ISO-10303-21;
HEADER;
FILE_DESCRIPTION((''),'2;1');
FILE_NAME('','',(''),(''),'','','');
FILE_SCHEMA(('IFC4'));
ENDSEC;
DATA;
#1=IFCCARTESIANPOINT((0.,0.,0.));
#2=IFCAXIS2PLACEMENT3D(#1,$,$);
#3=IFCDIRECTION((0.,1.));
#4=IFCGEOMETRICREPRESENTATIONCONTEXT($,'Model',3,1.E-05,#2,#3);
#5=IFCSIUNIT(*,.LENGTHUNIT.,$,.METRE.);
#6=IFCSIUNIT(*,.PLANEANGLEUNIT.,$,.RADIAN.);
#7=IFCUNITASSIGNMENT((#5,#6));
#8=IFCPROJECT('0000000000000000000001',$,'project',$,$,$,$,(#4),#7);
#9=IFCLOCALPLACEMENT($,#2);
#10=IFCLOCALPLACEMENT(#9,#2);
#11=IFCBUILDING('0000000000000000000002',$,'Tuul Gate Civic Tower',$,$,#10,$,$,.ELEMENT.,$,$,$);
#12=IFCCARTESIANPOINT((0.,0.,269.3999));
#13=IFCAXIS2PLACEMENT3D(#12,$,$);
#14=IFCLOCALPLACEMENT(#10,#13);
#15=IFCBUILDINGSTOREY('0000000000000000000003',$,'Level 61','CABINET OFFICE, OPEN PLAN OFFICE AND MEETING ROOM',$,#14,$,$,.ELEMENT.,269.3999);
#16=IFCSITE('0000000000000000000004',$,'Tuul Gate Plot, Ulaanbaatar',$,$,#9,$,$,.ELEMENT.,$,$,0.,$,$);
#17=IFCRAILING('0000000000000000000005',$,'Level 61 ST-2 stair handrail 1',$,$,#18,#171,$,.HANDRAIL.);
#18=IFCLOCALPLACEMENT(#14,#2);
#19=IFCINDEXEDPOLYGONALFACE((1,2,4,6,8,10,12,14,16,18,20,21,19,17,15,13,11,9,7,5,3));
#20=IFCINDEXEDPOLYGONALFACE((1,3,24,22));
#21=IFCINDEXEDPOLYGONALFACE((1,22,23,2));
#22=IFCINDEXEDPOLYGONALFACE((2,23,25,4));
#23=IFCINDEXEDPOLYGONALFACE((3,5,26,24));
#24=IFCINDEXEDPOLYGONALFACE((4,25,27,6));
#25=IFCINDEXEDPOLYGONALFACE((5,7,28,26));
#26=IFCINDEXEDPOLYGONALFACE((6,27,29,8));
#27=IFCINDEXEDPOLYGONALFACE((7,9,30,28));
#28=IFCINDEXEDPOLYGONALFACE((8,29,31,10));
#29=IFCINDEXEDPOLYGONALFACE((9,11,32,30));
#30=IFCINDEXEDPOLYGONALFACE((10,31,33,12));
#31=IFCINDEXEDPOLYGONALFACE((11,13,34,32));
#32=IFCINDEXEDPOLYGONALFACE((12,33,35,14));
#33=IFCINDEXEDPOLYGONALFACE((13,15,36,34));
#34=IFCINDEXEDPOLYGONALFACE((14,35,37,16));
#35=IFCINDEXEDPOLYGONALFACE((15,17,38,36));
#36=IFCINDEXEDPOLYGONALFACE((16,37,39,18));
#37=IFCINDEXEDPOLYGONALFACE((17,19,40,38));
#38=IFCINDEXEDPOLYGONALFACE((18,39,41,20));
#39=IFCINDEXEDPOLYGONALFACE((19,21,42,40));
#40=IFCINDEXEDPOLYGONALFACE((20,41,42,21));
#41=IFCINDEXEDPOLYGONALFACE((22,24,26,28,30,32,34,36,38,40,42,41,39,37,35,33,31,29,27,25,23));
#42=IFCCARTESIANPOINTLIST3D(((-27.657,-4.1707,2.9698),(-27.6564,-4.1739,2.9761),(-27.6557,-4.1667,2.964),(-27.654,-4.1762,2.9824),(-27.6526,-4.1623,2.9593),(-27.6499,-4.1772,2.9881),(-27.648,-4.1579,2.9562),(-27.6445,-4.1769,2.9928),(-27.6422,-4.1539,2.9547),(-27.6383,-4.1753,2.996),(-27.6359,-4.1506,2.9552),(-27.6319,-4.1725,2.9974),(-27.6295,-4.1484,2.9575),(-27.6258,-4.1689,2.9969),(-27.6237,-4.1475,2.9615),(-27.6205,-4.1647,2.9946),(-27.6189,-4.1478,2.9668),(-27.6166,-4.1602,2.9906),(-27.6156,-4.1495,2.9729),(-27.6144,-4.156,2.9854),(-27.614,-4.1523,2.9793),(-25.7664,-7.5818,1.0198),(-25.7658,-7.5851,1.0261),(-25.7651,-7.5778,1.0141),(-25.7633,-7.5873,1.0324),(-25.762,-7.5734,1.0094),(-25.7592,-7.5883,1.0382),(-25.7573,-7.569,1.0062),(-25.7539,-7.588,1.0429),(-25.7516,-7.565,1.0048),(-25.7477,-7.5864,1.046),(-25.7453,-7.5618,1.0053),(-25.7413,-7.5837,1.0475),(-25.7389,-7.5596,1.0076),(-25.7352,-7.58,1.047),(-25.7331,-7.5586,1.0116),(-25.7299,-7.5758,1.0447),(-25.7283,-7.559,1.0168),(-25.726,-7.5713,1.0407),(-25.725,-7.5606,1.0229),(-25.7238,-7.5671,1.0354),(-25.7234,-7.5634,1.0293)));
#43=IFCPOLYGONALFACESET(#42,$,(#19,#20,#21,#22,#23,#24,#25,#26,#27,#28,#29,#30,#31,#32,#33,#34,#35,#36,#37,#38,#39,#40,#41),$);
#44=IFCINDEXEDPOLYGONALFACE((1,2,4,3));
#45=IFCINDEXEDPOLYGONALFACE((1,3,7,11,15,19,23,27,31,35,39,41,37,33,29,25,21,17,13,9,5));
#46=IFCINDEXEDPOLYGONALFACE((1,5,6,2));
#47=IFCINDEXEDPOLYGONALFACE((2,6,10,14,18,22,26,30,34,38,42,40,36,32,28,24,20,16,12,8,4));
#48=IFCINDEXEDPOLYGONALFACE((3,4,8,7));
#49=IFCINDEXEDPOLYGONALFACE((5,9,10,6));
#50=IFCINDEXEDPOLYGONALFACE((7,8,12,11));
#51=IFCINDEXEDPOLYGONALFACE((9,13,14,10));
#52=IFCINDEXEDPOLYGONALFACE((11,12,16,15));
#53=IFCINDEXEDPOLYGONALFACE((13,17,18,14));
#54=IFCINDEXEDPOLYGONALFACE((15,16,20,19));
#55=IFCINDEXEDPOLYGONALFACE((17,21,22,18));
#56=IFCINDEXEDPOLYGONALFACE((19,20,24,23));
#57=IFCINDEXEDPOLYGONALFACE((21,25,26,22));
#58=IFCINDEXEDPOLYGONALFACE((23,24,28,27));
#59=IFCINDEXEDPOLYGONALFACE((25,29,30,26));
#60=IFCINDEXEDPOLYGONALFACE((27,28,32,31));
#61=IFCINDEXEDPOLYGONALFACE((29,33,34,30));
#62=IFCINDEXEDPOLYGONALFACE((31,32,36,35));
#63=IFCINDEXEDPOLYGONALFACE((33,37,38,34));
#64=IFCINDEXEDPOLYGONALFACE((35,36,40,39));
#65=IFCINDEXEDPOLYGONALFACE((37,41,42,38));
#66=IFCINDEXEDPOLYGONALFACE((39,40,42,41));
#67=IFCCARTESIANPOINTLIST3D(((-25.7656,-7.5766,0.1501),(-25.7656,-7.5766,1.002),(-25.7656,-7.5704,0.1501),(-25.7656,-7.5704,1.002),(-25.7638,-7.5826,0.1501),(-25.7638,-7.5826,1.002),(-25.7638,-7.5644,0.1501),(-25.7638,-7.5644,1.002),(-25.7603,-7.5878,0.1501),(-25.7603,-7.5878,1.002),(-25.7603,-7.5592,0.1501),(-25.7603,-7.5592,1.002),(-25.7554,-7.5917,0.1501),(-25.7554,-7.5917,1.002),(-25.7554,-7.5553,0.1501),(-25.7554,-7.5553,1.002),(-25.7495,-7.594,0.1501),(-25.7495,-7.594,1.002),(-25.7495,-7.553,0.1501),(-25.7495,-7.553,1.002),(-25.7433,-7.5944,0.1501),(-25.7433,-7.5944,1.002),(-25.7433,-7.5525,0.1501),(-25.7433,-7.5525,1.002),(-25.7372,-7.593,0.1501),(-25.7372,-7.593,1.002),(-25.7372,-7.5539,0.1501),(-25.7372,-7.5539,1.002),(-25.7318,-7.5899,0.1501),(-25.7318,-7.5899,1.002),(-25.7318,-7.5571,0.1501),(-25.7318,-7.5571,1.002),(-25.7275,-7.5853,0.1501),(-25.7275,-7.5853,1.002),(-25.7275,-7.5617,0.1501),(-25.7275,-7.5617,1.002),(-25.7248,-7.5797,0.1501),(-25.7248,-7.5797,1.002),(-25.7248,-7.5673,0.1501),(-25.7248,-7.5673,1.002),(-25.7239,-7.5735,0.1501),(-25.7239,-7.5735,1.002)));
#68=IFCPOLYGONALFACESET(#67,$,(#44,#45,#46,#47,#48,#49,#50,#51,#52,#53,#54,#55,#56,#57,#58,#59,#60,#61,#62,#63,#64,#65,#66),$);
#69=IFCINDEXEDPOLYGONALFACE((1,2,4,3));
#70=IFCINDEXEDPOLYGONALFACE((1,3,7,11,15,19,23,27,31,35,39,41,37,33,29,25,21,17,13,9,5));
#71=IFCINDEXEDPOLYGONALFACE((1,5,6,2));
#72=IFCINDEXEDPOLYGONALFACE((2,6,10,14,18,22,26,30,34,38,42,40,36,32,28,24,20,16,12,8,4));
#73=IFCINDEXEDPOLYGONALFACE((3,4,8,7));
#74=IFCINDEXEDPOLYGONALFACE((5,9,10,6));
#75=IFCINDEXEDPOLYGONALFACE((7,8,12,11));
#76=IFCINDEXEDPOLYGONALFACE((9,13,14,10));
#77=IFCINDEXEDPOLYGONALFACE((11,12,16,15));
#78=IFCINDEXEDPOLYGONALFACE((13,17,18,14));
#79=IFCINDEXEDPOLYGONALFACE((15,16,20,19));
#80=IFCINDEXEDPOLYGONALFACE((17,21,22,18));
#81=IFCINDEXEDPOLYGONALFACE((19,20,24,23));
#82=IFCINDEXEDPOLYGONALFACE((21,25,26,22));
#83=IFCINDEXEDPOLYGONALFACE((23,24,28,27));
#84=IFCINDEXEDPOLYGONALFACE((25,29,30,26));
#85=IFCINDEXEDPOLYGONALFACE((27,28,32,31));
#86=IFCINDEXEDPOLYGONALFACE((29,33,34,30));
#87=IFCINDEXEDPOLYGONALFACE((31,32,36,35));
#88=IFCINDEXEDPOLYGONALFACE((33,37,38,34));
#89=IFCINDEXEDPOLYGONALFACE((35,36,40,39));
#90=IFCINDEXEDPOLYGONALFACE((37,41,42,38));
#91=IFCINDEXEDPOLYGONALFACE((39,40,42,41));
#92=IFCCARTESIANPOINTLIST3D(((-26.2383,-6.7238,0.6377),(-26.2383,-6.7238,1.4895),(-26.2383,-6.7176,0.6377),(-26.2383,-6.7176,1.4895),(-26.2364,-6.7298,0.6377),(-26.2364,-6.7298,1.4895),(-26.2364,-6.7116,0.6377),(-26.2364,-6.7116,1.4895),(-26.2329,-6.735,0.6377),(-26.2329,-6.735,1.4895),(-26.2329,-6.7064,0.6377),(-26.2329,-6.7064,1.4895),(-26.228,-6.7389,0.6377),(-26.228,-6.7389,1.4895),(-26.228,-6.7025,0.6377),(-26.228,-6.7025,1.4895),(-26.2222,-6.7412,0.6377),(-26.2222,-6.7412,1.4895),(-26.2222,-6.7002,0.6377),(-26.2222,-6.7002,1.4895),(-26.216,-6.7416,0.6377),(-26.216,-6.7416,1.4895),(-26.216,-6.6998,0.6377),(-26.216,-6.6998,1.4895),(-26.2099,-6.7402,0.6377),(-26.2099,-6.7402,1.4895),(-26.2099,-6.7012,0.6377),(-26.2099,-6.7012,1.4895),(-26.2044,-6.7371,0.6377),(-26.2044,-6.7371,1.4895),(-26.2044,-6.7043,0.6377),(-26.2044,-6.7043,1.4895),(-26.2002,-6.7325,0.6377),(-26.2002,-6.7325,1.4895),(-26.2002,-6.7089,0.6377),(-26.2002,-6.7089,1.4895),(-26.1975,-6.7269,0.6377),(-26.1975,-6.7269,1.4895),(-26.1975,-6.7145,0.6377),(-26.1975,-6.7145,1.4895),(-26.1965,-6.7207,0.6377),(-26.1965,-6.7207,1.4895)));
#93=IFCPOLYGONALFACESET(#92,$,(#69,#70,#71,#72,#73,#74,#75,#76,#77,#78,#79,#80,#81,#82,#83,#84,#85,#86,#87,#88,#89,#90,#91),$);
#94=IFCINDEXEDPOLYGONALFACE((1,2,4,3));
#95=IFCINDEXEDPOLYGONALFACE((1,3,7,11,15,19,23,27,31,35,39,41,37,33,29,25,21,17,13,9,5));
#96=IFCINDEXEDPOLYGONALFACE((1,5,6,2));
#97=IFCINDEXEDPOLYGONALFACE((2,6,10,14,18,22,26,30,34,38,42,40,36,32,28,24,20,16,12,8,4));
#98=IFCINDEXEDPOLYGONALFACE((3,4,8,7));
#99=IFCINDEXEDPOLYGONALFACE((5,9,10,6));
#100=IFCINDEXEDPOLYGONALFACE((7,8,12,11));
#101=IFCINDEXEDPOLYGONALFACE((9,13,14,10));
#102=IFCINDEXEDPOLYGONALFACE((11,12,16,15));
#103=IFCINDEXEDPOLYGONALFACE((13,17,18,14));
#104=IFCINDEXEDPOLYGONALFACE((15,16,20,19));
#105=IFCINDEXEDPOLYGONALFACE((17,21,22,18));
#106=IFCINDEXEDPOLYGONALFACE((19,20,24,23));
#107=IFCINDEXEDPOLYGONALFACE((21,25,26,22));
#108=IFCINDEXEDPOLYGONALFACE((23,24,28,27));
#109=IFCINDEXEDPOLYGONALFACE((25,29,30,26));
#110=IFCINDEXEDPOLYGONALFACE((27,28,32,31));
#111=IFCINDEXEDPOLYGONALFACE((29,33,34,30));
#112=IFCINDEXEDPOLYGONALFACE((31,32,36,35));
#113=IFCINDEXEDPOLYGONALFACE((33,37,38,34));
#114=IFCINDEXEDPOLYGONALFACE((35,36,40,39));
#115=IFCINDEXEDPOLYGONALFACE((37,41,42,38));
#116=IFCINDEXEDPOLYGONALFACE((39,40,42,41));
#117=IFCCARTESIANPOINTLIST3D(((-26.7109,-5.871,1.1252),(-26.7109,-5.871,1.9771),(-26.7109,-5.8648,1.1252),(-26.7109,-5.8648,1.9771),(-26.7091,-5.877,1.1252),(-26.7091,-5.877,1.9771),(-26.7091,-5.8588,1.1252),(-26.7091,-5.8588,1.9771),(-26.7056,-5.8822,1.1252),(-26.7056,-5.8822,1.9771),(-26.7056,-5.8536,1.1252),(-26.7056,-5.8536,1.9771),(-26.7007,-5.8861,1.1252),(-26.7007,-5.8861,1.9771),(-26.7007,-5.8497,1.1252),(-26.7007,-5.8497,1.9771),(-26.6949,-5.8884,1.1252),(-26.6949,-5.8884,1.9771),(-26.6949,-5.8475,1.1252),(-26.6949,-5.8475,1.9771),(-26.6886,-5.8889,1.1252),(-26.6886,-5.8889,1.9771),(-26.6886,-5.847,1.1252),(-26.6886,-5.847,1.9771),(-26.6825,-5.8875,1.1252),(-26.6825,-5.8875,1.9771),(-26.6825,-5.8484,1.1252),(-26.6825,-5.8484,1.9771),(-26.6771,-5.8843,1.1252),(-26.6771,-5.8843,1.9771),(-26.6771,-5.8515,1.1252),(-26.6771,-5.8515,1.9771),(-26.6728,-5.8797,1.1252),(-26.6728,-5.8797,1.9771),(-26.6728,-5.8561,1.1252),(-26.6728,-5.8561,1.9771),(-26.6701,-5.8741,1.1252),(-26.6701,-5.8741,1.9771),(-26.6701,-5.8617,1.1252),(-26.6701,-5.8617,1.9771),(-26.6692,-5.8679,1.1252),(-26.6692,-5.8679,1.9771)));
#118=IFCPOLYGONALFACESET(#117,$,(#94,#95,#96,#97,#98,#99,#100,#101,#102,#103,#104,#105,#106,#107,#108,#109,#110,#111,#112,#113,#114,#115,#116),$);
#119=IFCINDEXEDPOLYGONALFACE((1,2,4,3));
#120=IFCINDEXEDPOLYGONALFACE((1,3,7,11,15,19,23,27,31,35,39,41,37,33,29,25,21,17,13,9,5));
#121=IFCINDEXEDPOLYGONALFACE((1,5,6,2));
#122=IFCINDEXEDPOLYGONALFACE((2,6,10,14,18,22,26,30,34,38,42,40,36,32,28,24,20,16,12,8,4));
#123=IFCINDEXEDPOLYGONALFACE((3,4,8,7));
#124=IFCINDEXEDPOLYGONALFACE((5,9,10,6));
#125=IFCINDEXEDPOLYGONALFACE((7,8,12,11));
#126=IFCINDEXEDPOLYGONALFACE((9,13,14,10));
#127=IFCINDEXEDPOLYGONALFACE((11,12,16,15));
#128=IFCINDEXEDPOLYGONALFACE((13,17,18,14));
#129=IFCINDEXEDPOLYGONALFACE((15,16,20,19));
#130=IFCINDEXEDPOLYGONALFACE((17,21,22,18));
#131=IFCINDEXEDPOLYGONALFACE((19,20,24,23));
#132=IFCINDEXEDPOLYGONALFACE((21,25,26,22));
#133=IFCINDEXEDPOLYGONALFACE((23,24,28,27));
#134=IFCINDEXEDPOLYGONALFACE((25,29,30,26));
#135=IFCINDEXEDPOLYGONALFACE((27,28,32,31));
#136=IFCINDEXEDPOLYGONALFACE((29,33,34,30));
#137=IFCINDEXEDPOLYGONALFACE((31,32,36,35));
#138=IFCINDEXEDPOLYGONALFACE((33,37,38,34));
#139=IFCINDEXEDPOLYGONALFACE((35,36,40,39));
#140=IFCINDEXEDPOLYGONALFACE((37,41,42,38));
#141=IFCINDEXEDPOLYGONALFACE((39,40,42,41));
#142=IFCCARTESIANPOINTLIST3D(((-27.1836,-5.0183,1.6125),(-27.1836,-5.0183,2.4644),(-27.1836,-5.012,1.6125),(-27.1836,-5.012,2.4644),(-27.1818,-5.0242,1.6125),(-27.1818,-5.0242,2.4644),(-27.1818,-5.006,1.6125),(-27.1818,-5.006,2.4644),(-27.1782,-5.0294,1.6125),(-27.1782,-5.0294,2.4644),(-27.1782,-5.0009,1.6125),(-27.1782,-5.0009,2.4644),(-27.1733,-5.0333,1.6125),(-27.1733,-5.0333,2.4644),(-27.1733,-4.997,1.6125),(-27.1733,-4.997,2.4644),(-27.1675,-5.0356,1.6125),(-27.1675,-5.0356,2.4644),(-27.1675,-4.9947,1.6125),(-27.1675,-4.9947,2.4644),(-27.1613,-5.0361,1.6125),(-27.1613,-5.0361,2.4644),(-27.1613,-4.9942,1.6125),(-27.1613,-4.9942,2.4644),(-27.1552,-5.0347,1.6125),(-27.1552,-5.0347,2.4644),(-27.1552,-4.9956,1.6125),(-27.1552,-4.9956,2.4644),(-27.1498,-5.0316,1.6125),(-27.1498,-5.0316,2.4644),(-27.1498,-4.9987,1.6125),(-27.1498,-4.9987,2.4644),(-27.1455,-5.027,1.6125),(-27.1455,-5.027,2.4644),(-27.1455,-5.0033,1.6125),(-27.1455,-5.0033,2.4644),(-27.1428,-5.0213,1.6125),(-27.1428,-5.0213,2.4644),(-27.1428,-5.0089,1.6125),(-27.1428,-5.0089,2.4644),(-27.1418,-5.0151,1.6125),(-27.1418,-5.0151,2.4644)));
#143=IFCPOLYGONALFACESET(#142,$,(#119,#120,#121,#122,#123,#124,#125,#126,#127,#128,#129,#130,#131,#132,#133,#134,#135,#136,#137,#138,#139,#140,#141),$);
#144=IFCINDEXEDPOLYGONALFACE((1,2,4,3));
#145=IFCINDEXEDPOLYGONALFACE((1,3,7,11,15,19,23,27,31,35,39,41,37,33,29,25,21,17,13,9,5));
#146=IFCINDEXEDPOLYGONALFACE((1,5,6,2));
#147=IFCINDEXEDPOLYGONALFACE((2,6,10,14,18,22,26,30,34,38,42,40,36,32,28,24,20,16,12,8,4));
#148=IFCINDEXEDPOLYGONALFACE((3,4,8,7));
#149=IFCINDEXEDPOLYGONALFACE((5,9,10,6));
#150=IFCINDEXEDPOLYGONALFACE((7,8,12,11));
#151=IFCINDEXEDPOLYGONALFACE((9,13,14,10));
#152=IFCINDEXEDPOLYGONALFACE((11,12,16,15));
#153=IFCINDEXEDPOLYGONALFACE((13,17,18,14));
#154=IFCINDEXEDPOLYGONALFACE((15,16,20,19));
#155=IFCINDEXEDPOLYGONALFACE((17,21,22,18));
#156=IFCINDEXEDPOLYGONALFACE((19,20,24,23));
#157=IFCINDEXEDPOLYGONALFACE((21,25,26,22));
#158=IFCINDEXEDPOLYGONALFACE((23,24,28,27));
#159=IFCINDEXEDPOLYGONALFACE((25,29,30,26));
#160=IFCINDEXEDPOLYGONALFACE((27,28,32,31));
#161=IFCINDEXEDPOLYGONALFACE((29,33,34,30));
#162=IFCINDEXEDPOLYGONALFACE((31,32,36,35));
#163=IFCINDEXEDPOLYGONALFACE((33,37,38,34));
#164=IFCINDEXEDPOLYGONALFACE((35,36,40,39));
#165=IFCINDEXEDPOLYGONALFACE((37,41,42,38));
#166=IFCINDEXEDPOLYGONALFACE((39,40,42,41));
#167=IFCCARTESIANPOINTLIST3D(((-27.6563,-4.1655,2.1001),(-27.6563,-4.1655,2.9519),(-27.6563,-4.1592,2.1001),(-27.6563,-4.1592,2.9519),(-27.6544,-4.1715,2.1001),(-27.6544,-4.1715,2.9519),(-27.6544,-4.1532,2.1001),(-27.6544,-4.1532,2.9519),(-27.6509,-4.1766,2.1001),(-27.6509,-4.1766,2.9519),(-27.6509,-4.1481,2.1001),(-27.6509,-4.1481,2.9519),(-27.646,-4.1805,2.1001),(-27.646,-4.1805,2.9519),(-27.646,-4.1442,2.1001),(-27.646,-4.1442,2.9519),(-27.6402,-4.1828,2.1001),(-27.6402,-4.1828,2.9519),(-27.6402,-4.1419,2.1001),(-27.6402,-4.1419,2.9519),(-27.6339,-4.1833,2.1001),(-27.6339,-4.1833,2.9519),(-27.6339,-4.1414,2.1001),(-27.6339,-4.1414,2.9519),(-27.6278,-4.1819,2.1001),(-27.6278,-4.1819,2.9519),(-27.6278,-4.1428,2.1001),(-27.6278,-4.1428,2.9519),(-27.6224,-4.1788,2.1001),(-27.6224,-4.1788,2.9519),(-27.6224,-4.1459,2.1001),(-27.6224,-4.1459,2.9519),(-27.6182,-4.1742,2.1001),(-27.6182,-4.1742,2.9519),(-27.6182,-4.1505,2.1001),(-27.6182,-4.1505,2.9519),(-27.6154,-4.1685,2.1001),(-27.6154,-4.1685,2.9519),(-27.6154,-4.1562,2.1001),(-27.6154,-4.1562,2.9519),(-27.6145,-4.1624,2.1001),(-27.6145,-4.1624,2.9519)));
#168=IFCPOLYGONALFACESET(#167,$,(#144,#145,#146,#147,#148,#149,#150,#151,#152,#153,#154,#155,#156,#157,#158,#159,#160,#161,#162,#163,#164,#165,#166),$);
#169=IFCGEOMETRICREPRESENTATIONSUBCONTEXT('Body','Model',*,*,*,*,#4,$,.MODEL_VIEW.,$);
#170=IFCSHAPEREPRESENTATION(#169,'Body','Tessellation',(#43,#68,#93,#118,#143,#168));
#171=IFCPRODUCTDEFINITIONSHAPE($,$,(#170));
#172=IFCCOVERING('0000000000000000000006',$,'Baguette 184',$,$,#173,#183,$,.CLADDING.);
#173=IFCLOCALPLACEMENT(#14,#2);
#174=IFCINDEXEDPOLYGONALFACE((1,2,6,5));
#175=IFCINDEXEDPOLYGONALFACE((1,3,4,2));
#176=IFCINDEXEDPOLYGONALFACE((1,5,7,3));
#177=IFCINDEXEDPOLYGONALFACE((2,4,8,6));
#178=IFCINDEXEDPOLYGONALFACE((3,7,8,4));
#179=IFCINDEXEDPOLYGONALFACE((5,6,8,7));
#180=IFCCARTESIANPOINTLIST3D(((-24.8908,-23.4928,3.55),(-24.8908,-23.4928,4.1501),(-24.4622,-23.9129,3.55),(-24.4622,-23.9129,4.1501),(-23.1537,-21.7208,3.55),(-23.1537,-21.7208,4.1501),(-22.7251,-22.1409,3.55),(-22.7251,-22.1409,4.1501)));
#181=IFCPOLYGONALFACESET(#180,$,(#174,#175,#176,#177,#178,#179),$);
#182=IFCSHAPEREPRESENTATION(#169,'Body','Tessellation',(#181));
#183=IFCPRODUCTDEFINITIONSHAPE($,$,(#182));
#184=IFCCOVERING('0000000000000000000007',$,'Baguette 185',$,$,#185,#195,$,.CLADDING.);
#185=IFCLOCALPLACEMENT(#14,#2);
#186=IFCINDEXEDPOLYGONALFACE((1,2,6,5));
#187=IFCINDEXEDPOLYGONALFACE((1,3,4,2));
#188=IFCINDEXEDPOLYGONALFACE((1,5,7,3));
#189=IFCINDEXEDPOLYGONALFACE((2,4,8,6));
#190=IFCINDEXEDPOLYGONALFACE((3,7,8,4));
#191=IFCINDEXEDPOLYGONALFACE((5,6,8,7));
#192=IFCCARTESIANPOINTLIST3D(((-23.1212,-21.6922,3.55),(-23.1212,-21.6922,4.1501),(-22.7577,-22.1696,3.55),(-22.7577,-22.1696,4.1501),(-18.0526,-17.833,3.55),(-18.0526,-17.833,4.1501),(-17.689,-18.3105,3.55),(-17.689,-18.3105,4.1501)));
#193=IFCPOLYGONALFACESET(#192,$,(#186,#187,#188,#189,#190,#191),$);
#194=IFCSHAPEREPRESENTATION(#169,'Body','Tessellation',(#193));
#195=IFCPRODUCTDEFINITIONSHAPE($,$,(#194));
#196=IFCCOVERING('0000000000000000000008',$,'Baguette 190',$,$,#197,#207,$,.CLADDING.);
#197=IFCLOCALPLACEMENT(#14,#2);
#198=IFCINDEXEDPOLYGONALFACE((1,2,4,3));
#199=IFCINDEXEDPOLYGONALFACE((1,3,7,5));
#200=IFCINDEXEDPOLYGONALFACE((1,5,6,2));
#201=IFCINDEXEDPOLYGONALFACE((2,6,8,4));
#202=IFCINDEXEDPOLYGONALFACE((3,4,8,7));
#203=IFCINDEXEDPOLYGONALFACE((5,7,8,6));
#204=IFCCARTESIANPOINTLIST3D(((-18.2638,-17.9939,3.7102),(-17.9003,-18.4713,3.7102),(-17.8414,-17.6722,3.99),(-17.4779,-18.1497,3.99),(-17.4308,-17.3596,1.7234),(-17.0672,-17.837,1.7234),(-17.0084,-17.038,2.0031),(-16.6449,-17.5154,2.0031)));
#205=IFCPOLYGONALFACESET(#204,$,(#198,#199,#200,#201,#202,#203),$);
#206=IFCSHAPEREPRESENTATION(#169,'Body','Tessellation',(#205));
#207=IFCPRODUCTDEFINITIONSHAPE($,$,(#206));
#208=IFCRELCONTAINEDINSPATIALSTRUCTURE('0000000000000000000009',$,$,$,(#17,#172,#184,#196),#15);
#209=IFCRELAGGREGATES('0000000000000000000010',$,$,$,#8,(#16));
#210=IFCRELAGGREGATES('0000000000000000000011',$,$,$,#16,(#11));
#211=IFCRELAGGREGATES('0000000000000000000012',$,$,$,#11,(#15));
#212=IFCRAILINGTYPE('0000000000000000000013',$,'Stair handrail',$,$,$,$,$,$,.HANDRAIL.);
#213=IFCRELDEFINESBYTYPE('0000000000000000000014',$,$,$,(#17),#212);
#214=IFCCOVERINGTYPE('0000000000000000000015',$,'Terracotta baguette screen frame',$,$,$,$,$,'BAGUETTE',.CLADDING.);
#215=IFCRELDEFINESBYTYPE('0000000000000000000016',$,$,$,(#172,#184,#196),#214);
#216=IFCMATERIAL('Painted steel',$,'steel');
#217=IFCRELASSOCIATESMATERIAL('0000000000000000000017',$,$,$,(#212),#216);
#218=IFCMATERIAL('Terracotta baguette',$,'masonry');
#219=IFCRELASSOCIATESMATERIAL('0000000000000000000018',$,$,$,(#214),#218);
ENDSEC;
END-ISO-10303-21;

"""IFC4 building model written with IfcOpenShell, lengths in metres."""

from ifc_helpers import new_model, si_unit, direction, frame, origin, origin_2d, place, context, subcontext, project, spatial, rectangle, circle, extrude, material, material_profile, profile_set, type_object, element, save


model = new_model("IFC4")

# Units and contexts
model_context = context("Model", 3, precision=1e-05, world=origin(), true_north=direction((0.0, 1.0)))
body_context = subcontext(model_context, "Body", "Model", "MODEL_VIEW")
ifc_project = project(units=[si_unit("LENGTHUNIT", "METRE"), si_unit("PLANEANGLEUNIT", "RADIAN")], contexts=[model_context])

# Site, building, storey
site_placement = place(None, origin())
site = spatial("IfcSite", under=ifc_project, at=site_placement, Name="Tuul Gate Plot, Ulaanbaatar", CompositionType="ELEMENT", RefElevation=0.0)
building_placement = place(site_placement, origin())
building = spatial("IfcBuilding", under=site, at=building_placement, Name="Tuul Gate Civic Tower", CompositionType="ELEMENT")
storey_placement = place(building_placement, frame((0.0, 0.0, 269.3999)))
storey = spatial("IfcBuildingStorey", under=building, at=storey_placement, Name="Level 61", Description="CABINET OFFICE, OPEN PLAN OFFICE AND MEETING ROOM", CompositionType="ELEMENT", Elevation=269.3999)

# Railing
ifc_material_1 = material(Name="Painted steel", Category="steel")
railing_type = type_object("IfcRailingType", Name="Stair handrail", PredefinedType="HANDRAIL", material=ifc_material_1)
railing_placement = place(storey_placement, frame((-25.7449, -7.5735, 0.1501)))
element("IfcRailing", 1, at=railing_placement, inside=storey, type_object=railing_type, Name="Level 61 ST-2 stair handrail 1", PredefinedType="HANDRAIL", context=body_context, shape_type="SweptSolid", body=[
    extrude(circle(Radius=0.0239, at=origin_2d()), frame((0.0, 0.0, 0.876), z_axis=(-0.433595, 0.782308, 0.447201), x_axis=(-0.874641, -0.484771, 0.0)), (0.0, 0.0, 1.0), 4.3604),
    extrude(circle(Radius=0.021, at=origin_2d()), origin(), (0.0, 0.0, 1.0), 0.8518),
    extrude(circle(Radius=0.021, at=origin_2d()), frame((-0.4727, 0.8528, 0.4875)), (0.0, 0.0, 1.0), 0.8518),
    extrude(circle(Radius=0.021, at=origin_2d()), frame((-0.9453, 1.7056, 0.9751)), (0.0, 0.0, 1.0), 0.8518),
    extrude(circle(Radius=0.021, at=origin_2d()), frame((-1.418, 2.5583, 1.4624)), (0.0, 0.0, 1.0), 0.8518),
    extrude(circle(Radius=0.021, at=origin_2d()), frame((-1.8906, 3.4111, 1.95)), (0.0, 0.0, 1.0), 0.8518),
])

# Coverings
ifc_material_2 = material(Name="Terracotta baguette", Category="masonry")
ifc_material_profile_1 = material_profile(ifc_material_2, rectangle(XDim=0.6001, YDim=0.6001, at=origin_2d()), Name="Terracotta baguette screen frame")
ifc_profile_set_1 = profile_set([ifc_material_profile_1], Name="Terracotta baguette")
covering_type = type_object("IfcCoveringType", Name="Terracotta baguette screen frame", ElementType="BAGUETTE", PredefinedType="CLADDING", material=ifc_profile_set_1)
covering_1_placement = place(storey_placement, frame((-24.6765, -23.7029, 3.8501), z_axis=(0.700037, 0.714107, 0.0), x_axis=(-0.714107, 0.700037, 0.0)))
element("IfcCovering", 2, at=covering_1_placement, inside=storey, type_object=covering_type, Name="Baguette 184", PredefinedType="CLADDING", context=body_context, shape_type="SweptSolid", body=[
    extrude(rectangle(XDim=0.6001, YDim=0.6001, at=origin_2d()), origin(), (0.0, 0.0, 1.0), 2.4814),
])
covering_2_placement = place(storey_placement, frame((-22.9395, -21.9309, 3.8501), z_axis=(0.795633, 0.605779, 0.0), x_axis=(-0.605779, 0.795633, 0.0)))
element("IfcCovering", 3, at=covering_2_placement, inside=storey, type_object=covering_type, Name="Baguette 185", PredefinedType="CLADDING", context=body_context, shape_type="SweptSolid", body=[
    extrude(rectangle(XDim=0.6001, YDim=0.6001, at=origin_2d()), origin(), (0.0, 0.0, 1.0), 6.3706),
])
covering_3_placement = place(storey_placement, frame((-17.8708, -18.0718, 3.8501), z_axis=(0.370917, 0.282427, -0.884678), x_axis=(-0.605804, 0.795614, 0.0)))
element("IfcCovering", 4, at=covering_3_placement, inside=storey, type_object=covering_type, Name="Baguette 190", PredefinedType="CLADDING", context=body_context, shape_type="SweptSolid", body=[
    extrude(rectangle(XDim=0.6001, YDim=0.6001, at=origin_2d()), origin(), (0.0, 0.0, 1.0), 2.2458),
])

save(model, "model.ifc")
